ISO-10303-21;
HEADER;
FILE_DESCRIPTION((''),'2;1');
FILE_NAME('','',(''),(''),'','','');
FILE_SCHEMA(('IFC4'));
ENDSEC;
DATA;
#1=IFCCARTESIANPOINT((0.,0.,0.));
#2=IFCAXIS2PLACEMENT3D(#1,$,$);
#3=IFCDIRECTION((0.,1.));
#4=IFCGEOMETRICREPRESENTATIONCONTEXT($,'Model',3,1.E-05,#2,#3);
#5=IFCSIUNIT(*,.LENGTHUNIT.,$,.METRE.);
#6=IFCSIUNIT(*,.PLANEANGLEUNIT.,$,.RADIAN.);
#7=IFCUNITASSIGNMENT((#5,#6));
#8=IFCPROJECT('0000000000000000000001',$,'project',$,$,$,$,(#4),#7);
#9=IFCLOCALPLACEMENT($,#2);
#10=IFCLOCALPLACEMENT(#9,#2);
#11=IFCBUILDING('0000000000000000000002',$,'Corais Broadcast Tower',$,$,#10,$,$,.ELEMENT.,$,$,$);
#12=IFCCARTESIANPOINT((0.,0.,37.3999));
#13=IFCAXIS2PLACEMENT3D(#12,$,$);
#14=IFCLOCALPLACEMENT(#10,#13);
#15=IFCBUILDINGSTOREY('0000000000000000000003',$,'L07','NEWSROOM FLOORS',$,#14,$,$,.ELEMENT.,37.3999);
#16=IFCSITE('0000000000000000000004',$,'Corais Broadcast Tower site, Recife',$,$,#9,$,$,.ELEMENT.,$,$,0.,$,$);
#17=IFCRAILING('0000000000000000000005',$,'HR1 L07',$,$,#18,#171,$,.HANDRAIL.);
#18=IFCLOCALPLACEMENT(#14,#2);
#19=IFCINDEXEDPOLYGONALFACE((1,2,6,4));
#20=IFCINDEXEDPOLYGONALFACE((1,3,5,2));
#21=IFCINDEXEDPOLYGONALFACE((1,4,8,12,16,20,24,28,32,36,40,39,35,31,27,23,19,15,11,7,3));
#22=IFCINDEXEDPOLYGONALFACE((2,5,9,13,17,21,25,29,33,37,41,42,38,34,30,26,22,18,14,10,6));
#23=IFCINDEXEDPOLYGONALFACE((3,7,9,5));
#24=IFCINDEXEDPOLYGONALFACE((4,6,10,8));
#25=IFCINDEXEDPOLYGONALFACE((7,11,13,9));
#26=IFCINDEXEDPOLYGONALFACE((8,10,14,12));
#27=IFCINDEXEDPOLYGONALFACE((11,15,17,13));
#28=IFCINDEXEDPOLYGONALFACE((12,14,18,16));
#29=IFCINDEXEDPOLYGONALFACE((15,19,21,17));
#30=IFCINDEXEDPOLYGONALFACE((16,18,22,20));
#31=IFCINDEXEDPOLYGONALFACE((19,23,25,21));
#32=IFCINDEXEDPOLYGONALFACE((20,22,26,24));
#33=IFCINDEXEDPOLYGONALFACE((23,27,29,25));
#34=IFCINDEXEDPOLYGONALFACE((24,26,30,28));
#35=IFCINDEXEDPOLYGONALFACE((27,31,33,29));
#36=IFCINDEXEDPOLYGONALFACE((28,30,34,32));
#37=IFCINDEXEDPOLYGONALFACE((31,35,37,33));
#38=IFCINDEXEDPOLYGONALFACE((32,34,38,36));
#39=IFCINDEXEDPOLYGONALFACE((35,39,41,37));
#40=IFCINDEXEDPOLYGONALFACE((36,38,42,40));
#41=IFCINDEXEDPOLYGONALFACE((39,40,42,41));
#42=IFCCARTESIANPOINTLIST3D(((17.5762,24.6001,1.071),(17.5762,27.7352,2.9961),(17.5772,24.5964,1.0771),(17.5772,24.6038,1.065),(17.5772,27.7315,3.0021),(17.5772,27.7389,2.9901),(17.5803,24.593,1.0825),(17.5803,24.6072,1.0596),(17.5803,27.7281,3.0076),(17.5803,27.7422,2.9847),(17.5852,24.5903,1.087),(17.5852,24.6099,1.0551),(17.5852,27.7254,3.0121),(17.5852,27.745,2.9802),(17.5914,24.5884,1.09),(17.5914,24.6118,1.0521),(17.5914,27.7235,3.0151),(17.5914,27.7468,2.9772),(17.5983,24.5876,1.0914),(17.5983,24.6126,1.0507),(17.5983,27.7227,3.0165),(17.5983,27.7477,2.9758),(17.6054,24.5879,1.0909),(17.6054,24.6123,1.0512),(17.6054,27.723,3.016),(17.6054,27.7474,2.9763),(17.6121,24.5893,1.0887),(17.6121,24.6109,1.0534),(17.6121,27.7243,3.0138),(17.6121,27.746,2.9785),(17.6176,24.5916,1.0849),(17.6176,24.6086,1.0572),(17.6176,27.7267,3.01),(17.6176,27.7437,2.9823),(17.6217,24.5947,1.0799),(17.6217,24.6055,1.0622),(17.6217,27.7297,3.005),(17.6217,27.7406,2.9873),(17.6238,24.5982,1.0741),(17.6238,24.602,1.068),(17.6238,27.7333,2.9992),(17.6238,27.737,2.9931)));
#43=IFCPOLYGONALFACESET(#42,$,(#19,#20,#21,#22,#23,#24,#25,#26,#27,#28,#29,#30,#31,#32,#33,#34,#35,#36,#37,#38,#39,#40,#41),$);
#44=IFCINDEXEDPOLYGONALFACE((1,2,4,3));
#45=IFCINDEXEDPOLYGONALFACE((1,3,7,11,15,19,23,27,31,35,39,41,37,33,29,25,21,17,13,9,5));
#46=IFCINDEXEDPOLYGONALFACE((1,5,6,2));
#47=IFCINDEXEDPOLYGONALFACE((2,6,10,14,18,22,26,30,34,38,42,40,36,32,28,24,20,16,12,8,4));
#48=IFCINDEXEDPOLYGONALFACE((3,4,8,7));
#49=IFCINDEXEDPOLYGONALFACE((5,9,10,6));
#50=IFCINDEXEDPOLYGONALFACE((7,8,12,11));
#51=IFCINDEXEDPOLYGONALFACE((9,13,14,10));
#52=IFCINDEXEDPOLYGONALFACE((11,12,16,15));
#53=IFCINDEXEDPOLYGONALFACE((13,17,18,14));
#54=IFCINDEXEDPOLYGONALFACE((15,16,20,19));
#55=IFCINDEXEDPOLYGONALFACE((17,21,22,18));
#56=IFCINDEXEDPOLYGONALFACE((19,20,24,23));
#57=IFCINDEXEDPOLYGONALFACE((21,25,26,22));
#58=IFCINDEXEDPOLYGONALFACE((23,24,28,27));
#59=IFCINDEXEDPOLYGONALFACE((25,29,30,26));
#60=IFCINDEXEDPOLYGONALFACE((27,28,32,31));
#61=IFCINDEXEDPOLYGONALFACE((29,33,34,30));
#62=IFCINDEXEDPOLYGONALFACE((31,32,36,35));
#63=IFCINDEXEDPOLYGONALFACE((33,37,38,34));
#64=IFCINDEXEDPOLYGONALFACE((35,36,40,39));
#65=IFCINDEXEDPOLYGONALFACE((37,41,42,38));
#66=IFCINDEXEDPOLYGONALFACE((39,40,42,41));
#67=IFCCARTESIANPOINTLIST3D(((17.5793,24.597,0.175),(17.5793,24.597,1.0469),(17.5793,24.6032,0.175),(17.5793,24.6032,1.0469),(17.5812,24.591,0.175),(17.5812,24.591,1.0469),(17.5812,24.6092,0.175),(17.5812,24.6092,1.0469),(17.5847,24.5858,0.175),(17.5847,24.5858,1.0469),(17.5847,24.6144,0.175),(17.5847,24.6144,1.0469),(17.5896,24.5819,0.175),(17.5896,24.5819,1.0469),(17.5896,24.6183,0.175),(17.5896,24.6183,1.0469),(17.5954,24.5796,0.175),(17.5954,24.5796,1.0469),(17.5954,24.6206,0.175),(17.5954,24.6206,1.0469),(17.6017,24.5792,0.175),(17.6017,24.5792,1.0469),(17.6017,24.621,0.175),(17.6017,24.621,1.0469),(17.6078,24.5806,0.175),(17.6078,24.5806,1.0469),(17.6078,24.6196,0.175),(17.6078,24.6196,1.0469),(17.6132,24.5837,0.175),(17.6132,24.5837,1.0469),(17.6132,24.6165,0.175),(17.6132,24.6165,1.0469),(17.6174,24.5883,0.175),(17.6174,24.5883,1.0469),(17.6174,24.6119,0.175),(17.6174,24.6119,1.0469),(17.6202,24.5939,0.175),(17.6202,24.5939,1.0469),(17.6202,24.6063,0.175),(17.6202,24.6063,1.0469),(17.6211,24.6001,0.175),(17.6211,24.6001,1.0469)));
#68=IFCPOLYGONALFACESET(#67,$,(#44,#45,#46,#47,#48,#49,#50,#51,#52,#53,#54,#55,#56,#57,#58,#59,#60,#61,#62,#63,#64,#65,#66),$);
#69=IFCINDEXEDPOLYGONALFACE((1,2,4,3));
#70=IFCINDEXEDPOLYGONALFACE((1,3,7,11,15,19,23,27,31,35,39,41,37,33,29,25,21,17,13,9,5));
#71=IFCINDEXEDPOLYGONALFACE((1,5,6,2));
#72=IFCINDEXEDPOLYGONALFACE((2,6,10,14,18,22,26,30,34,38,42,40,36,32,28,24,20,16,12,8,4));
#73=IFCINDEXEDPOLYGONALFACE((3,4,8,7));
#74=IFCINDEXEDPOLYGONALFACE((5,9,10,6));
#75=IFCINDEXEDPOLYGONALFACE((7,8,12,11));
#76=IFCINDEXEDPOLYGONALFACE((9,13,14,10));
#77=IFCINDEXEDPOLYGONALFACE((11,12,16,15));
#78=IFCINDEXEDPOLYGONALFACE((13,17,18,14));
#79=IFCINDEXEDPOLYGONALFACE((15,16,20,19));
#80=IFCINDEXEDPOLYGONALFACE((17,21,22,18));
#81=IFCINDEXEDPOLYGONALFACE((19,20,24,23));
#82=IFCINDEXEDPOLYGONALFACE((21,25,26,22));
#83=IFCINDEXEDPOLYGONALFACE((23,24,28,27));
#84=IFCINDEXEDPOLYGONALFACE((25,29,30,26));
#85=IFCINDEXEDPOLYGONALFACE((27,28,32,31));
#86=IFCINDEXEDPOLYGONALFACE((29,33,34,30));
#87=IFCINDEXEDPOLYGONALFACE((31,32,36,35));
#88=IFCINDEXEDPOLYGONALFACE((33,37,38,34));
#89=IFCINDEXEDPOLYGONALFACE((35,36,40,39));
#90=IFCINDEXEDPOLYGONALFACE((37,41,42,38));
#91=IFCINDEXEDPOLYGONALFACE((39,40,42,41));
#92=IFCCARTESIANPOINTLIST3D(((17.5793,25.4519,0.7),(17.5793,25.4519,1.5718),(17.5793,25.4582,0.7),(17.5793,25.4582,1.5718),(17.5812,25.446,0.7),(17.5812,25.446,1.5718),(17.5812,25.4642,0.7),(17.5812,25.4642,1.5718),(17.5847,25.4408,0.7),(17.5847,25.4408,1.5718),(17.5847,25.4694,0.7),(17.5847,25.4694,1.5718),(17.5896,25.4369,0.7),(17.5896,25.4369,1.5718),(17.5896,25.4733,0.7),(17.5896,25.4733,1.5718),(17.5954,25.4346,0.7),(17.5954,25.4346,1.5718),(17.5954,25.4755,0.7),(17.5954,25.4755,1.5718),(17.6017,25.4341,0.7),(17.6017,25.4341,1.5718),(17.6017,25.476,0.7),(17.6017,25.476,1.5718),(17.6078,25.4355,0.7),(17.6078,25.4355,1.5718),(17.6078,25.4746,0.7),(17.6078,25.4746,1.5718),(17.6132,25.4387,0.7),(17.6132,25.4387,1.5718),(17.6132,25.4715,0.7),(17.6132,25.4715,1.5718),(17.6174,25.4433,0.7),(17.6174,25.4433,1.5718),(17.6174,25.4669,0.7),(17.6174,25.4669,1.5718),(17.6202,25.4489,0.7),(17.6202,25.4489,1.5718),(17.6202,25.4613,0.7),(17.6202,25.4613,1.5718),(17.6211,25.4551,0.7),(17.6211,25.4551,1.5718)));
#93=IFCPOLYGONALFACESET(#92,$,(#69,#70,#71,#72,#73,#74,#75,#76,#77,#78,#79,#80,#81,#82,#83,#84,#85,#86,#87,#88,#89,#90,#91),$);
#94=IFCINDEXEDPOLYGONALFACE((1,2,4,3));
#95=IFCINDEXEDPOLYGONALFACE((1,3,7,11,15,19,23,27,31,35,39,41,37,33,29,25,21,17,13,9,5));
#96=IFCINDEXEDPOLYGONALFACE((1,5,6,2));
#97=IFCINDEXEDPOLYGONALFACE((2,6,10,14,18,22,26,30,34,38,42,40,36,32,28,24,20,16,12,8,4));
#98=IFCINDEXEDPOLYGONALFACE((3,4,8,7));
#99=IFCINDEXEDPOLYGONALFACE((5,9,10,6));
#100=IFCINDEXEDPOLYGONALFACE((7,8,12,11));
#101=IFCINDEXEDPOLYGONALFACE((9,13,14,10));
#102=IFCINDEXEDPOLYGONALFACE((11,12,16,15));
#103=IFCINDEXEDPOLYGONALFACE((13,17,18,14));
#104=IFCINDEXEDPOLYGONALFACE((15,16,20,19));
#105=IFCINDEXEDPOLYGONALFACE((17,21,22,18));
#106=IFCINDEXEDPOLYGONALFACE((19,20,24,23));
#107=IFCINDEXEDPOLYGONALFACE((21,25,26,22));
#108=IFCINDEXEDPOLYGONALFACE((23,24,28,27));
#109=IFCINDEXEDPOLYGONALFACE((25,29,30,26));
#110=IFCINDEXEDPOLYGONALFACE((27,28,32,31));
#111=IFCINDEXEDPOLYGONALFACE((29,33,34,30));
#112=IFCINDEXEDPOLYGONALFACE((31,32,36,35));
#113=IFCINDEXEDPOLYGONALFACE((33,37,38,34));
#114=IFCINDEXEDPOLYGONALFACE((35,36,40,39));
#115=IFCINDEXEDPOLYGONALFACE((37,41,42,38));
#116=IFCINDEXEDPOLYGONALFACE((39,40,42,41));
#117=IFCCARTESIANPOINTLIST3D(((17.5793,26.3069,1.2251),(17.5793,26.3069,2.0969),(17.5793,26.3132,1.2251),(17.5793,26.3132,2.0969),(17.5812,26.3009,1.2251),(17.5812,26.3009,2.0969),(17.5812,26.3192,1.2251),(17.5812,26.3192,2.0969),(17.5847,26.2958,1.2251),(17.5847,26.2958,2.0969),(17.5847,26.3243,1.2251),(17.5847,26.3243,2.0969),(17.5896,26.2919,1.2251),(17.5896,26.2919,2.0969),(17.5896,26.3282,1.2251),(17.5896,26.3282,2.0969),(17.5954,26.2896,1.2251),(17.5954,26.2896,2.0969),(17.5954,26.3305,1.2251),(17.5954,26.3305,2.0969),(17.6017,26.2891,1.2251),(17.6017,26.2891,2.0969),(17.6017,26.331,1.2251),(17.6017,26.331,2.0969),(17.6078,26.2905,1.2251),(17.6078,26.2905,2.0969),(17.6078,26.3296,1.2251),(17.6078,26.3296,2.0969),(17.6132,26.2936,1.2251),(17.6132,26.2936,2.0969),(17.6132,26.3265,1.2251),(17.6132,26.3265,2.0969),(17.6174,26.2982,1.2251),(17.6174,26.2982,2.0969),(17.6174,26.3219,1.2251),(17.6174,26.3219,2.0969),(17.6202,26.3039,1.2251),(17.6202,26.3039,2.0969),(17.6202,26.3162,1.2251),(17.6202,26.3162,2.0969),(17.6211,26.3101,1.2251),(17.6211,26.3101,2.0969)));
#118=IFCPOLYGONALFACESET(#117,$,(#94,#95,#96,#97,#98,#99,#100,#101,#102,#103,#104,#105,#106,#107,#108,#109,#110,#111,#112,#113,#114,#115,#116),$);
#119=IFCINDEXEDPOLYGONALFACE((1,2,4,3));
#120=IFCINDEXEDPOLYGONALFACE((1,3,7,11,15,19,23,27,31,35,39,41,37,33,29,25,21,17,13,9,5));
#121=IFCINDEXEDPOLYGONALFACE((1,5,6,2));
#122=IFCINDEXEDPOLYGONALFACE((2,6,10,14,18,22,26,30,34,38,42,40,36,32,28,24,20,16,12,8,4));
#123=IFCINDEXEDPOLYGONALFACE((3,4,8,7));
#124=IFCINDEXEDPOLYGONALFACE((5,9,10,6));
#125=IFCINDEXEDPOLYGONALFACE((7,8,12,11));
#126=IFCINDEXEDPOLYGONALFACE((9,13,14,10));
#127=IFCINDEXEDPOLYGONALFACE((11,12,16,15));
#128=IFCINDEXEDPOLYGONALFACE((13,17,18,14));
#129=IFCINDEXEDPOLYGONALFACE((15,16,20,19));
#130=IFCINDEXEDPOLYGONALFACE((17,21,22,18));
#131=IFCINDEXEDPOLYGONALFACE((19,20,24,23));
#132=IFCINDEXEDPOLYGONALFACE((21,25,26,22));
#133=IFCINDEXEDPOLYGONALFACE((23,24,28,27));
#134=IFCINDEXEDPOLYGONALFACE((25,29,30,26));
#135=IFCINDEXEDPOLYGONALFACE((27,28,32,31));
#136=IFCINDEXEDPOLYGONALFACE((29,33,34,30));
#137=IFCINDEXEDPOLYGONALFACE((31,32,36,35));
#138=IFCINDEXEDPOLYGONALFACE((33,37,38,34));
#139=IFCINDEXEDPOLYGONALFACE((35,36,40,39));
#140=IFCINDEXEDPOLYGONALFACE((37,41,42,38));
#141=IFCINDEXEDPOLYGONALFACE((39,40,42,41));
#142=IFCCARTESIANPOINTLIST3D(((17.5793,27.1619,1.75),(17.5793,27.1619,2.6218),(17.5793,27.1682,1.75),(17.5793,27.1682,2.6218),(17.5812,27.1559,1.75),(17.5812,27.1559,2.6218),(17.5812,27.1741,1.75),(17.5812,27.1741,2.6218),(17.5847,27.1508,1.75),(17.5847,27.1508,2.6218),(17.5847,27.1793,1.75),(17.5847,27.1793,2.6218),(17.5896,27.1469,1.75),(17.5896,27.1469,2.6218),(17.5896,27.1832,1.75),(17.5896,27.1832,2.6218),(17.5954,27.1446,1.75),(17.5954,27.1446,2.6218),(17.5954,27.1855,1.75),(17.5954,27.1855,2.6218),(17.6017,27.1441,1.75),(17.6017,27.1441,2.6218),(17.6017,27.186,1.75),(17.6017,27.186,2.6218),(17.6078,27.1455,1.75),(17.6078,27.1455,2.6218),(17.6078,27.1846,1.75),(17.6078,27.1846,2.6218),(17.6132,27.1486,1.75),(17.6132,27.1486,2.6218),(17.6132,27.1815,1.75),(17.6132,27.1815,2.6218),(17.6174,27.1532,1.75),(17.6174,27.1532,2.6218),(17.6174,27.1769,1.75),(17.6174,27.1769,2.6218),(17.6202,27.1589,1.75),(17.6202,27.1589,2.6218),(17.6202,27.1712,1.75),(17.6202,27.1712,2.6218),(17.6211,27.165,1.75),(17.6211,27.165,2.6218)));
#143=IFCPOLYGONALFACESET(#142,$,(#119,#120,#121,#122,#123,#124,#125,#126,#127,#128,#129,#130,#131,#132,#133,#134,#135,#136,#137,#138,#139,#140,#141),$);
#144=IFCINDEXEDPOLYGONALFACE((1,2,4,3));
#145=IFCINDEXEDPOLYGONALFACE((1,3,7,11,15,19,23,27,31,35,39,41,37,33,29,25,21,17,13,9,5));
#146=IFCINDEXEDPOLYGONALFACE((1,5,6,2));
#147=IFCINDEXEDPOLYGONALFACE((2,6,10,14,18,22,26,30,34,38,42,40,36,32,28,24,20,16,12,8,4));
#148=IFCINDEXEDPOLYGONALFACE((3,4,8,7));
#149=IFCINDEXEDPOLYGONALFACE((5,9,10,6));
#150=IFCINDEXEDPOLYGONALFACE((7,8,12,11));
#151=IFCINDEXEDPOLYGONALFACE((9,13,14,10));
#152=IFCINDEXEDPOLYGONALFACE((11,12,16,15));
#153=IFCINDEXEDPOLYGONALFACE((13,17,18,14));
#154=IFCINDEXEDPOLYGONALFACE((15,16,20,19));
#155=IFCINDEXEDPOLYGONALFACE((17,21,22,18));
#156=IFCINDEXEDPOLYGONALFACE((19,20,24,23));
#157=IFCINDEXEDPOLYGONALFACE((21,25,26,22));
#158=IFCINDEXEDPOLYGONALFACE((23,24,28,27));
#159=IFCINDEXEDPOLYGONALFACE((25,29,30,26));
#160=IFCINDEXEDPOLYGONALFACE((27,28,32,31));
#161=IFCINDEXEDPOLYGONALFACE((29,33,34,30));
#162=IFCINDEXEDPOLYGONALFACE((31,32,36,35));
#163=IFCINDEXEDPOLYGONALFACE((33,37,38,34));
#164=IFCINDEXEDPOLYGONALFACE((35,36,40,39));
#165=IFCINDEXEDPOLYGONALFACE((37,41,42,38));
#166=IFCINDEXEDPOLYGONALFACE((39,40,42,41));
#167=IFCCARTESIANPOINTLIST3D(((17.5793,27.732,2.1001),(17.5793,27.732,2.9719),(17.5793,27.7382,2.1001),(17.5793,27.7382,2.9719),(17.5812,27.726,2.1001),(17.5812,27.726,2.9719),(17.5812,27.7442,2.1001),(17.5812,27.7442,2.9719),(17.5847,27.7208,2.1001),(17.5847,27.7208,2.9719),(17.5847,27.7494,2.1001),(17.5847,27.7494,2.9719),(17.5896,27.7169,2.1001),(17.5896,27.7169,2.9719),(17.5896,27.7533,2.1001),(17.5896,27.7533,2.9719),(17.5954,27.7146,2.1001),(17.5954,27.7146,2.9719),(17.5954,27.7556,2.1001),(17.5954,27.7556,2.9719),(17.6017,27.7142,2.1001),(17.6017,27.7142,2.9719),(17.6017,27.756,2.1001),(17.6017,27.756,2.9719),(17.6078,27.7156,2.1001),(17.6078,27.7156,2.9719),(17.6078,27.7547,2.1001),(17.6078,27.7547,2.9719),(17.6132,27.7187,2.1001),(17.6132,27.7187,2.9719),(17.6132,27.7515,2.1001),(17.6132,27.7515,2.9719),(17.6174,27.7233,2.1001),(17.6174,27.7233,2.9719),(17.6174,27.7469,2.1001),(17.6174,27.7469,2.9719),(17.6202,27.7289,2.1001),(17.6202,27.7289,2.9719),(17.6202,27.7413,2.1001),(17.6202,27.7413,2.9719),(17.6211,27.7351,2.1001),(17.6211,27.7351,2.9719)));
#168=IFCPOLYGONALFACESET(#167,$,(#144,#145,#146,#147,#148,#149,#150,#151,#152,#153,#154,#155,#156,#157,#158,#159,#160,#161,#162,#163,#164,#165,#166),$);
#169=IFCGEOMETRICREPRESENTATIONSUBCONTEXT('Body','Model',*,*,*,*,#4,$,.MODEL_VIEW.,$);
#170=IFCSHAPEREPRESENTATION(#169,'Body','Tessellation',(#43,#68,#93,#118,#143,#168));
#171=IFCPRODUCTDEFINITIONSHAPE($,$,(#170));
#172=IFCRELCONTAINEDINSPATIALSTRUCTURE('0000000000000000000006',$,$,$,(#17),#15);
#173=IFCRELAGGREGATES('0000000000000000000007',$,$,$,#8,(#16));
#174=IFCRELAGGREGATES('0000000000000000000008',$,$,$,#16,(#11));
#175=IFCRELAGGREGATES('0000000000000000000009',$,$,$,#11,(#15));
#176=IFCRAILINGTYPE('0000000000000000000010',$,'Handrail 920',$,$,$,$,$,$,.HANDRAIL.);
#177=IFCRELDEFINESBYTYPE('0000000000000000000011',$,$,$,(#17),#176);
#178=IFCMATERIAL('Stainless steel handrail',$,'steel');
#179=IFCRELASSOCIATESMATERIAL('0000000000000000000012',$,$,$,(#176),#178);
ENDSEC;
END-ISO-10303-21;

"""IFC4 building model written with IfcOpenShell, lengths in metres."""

from ifc_helpers import new_model, si_unit, direction, frame, origin, origin_2d, place, context, subcontext, project, spatial, circle, extrude, material, type_object, element, save


model = new_model("IFC4")

# Units and contexts
model_context = context("Model", 3, precision=1e-05, world=origin(), true_north=direction((0.0, 1.0)))
body_context = subcontext(model_context, "Body", "Model", "MODEL_VIEW")
ifc_project = project(units=[si_unit("LENGTHUNIT", "METRE"), si_unit("PLANEANGLEUNIT", "RADIAN")], contexts=[model_context])

# Site, building, storey
site_placement = place(None, origin())
site = spatial("IfcSite", under=ifc_project, at=site_placement, Name="Corais Broadcast Tower site, Recife", CompositionType="ELEMENT", RefElevation=0.0)
building_placement = place(site_placement, origin())
building = spatial("IfcBuilding", under=site, at=building_placement, Name="Corais Broadcast Tower", CompositionType="ELEMENT")
storey_placement = place(building_placement, frame((0.0, 0.0, 37.3999)))
storey = spatial("IfcBuildingStorey", under=building, at=storey_placement, Name="L07", Description="NEWSROOM FLOORS", CompositionType="ELEMENT", Elevation=37.3999)

# Railing
ifc_material_1 = material(Name="Stainless steel handrail", Category="steel")
railing_type = type_object("IfcRailingType", Name="Handrail 920", PredefinedType="HANDRAIL", material=ifc_material_1)
for number, where, name in (
    (1, (17.6001, 24.6001, 0.175), "HR1 L07"),
):
    element("IfcRailing", number, at=place(storey_placement, frame(where)), inside=storey, type_object=railing_type, Name=name, PredefinedType="HANDRAIL", context=body_context, shape_type="SweptSolid", body=[
        extrude(circle(Radius=0.0239, at=origin_2d()), frame((0.0, 0.0, 0.896), z_axis=(0.0, 0.852166, 0.523271), x_axis=(-1.0, 0.0, 0.0)), (0.0, 0.0, 1.0), 3.679),
        extrude(circle(Radius=0.021, at=origin_2d()), origin(), (0.0, 0.0, 1.0), 0.8718),
        extrude(circle(Radius=0.021, at=origin_2d()), frame((0.0, 0.855, 0.5249)), (0.0, 0.0, 1.0), 0.8718),
        extrude(circle(Radius=0.021, at=origin_2d()), frame((0.0, 1.71, 1.05)), (0.0, 0.0, 1.0), 0.8718),
        extrude(circle(Radius=0.021, at=origin_2d()), frame((0.0, 2.5649, 1.575)), (0.0, 0.0, 1.0), 0.8718),
        extrude(circle(Radius=0.021, at=origin_2d()), frame((0.0, 3.135, 1.925)), (0.0, 0.0, 1.0), 0.8718),
    ])

save(model, "model.ifc")
